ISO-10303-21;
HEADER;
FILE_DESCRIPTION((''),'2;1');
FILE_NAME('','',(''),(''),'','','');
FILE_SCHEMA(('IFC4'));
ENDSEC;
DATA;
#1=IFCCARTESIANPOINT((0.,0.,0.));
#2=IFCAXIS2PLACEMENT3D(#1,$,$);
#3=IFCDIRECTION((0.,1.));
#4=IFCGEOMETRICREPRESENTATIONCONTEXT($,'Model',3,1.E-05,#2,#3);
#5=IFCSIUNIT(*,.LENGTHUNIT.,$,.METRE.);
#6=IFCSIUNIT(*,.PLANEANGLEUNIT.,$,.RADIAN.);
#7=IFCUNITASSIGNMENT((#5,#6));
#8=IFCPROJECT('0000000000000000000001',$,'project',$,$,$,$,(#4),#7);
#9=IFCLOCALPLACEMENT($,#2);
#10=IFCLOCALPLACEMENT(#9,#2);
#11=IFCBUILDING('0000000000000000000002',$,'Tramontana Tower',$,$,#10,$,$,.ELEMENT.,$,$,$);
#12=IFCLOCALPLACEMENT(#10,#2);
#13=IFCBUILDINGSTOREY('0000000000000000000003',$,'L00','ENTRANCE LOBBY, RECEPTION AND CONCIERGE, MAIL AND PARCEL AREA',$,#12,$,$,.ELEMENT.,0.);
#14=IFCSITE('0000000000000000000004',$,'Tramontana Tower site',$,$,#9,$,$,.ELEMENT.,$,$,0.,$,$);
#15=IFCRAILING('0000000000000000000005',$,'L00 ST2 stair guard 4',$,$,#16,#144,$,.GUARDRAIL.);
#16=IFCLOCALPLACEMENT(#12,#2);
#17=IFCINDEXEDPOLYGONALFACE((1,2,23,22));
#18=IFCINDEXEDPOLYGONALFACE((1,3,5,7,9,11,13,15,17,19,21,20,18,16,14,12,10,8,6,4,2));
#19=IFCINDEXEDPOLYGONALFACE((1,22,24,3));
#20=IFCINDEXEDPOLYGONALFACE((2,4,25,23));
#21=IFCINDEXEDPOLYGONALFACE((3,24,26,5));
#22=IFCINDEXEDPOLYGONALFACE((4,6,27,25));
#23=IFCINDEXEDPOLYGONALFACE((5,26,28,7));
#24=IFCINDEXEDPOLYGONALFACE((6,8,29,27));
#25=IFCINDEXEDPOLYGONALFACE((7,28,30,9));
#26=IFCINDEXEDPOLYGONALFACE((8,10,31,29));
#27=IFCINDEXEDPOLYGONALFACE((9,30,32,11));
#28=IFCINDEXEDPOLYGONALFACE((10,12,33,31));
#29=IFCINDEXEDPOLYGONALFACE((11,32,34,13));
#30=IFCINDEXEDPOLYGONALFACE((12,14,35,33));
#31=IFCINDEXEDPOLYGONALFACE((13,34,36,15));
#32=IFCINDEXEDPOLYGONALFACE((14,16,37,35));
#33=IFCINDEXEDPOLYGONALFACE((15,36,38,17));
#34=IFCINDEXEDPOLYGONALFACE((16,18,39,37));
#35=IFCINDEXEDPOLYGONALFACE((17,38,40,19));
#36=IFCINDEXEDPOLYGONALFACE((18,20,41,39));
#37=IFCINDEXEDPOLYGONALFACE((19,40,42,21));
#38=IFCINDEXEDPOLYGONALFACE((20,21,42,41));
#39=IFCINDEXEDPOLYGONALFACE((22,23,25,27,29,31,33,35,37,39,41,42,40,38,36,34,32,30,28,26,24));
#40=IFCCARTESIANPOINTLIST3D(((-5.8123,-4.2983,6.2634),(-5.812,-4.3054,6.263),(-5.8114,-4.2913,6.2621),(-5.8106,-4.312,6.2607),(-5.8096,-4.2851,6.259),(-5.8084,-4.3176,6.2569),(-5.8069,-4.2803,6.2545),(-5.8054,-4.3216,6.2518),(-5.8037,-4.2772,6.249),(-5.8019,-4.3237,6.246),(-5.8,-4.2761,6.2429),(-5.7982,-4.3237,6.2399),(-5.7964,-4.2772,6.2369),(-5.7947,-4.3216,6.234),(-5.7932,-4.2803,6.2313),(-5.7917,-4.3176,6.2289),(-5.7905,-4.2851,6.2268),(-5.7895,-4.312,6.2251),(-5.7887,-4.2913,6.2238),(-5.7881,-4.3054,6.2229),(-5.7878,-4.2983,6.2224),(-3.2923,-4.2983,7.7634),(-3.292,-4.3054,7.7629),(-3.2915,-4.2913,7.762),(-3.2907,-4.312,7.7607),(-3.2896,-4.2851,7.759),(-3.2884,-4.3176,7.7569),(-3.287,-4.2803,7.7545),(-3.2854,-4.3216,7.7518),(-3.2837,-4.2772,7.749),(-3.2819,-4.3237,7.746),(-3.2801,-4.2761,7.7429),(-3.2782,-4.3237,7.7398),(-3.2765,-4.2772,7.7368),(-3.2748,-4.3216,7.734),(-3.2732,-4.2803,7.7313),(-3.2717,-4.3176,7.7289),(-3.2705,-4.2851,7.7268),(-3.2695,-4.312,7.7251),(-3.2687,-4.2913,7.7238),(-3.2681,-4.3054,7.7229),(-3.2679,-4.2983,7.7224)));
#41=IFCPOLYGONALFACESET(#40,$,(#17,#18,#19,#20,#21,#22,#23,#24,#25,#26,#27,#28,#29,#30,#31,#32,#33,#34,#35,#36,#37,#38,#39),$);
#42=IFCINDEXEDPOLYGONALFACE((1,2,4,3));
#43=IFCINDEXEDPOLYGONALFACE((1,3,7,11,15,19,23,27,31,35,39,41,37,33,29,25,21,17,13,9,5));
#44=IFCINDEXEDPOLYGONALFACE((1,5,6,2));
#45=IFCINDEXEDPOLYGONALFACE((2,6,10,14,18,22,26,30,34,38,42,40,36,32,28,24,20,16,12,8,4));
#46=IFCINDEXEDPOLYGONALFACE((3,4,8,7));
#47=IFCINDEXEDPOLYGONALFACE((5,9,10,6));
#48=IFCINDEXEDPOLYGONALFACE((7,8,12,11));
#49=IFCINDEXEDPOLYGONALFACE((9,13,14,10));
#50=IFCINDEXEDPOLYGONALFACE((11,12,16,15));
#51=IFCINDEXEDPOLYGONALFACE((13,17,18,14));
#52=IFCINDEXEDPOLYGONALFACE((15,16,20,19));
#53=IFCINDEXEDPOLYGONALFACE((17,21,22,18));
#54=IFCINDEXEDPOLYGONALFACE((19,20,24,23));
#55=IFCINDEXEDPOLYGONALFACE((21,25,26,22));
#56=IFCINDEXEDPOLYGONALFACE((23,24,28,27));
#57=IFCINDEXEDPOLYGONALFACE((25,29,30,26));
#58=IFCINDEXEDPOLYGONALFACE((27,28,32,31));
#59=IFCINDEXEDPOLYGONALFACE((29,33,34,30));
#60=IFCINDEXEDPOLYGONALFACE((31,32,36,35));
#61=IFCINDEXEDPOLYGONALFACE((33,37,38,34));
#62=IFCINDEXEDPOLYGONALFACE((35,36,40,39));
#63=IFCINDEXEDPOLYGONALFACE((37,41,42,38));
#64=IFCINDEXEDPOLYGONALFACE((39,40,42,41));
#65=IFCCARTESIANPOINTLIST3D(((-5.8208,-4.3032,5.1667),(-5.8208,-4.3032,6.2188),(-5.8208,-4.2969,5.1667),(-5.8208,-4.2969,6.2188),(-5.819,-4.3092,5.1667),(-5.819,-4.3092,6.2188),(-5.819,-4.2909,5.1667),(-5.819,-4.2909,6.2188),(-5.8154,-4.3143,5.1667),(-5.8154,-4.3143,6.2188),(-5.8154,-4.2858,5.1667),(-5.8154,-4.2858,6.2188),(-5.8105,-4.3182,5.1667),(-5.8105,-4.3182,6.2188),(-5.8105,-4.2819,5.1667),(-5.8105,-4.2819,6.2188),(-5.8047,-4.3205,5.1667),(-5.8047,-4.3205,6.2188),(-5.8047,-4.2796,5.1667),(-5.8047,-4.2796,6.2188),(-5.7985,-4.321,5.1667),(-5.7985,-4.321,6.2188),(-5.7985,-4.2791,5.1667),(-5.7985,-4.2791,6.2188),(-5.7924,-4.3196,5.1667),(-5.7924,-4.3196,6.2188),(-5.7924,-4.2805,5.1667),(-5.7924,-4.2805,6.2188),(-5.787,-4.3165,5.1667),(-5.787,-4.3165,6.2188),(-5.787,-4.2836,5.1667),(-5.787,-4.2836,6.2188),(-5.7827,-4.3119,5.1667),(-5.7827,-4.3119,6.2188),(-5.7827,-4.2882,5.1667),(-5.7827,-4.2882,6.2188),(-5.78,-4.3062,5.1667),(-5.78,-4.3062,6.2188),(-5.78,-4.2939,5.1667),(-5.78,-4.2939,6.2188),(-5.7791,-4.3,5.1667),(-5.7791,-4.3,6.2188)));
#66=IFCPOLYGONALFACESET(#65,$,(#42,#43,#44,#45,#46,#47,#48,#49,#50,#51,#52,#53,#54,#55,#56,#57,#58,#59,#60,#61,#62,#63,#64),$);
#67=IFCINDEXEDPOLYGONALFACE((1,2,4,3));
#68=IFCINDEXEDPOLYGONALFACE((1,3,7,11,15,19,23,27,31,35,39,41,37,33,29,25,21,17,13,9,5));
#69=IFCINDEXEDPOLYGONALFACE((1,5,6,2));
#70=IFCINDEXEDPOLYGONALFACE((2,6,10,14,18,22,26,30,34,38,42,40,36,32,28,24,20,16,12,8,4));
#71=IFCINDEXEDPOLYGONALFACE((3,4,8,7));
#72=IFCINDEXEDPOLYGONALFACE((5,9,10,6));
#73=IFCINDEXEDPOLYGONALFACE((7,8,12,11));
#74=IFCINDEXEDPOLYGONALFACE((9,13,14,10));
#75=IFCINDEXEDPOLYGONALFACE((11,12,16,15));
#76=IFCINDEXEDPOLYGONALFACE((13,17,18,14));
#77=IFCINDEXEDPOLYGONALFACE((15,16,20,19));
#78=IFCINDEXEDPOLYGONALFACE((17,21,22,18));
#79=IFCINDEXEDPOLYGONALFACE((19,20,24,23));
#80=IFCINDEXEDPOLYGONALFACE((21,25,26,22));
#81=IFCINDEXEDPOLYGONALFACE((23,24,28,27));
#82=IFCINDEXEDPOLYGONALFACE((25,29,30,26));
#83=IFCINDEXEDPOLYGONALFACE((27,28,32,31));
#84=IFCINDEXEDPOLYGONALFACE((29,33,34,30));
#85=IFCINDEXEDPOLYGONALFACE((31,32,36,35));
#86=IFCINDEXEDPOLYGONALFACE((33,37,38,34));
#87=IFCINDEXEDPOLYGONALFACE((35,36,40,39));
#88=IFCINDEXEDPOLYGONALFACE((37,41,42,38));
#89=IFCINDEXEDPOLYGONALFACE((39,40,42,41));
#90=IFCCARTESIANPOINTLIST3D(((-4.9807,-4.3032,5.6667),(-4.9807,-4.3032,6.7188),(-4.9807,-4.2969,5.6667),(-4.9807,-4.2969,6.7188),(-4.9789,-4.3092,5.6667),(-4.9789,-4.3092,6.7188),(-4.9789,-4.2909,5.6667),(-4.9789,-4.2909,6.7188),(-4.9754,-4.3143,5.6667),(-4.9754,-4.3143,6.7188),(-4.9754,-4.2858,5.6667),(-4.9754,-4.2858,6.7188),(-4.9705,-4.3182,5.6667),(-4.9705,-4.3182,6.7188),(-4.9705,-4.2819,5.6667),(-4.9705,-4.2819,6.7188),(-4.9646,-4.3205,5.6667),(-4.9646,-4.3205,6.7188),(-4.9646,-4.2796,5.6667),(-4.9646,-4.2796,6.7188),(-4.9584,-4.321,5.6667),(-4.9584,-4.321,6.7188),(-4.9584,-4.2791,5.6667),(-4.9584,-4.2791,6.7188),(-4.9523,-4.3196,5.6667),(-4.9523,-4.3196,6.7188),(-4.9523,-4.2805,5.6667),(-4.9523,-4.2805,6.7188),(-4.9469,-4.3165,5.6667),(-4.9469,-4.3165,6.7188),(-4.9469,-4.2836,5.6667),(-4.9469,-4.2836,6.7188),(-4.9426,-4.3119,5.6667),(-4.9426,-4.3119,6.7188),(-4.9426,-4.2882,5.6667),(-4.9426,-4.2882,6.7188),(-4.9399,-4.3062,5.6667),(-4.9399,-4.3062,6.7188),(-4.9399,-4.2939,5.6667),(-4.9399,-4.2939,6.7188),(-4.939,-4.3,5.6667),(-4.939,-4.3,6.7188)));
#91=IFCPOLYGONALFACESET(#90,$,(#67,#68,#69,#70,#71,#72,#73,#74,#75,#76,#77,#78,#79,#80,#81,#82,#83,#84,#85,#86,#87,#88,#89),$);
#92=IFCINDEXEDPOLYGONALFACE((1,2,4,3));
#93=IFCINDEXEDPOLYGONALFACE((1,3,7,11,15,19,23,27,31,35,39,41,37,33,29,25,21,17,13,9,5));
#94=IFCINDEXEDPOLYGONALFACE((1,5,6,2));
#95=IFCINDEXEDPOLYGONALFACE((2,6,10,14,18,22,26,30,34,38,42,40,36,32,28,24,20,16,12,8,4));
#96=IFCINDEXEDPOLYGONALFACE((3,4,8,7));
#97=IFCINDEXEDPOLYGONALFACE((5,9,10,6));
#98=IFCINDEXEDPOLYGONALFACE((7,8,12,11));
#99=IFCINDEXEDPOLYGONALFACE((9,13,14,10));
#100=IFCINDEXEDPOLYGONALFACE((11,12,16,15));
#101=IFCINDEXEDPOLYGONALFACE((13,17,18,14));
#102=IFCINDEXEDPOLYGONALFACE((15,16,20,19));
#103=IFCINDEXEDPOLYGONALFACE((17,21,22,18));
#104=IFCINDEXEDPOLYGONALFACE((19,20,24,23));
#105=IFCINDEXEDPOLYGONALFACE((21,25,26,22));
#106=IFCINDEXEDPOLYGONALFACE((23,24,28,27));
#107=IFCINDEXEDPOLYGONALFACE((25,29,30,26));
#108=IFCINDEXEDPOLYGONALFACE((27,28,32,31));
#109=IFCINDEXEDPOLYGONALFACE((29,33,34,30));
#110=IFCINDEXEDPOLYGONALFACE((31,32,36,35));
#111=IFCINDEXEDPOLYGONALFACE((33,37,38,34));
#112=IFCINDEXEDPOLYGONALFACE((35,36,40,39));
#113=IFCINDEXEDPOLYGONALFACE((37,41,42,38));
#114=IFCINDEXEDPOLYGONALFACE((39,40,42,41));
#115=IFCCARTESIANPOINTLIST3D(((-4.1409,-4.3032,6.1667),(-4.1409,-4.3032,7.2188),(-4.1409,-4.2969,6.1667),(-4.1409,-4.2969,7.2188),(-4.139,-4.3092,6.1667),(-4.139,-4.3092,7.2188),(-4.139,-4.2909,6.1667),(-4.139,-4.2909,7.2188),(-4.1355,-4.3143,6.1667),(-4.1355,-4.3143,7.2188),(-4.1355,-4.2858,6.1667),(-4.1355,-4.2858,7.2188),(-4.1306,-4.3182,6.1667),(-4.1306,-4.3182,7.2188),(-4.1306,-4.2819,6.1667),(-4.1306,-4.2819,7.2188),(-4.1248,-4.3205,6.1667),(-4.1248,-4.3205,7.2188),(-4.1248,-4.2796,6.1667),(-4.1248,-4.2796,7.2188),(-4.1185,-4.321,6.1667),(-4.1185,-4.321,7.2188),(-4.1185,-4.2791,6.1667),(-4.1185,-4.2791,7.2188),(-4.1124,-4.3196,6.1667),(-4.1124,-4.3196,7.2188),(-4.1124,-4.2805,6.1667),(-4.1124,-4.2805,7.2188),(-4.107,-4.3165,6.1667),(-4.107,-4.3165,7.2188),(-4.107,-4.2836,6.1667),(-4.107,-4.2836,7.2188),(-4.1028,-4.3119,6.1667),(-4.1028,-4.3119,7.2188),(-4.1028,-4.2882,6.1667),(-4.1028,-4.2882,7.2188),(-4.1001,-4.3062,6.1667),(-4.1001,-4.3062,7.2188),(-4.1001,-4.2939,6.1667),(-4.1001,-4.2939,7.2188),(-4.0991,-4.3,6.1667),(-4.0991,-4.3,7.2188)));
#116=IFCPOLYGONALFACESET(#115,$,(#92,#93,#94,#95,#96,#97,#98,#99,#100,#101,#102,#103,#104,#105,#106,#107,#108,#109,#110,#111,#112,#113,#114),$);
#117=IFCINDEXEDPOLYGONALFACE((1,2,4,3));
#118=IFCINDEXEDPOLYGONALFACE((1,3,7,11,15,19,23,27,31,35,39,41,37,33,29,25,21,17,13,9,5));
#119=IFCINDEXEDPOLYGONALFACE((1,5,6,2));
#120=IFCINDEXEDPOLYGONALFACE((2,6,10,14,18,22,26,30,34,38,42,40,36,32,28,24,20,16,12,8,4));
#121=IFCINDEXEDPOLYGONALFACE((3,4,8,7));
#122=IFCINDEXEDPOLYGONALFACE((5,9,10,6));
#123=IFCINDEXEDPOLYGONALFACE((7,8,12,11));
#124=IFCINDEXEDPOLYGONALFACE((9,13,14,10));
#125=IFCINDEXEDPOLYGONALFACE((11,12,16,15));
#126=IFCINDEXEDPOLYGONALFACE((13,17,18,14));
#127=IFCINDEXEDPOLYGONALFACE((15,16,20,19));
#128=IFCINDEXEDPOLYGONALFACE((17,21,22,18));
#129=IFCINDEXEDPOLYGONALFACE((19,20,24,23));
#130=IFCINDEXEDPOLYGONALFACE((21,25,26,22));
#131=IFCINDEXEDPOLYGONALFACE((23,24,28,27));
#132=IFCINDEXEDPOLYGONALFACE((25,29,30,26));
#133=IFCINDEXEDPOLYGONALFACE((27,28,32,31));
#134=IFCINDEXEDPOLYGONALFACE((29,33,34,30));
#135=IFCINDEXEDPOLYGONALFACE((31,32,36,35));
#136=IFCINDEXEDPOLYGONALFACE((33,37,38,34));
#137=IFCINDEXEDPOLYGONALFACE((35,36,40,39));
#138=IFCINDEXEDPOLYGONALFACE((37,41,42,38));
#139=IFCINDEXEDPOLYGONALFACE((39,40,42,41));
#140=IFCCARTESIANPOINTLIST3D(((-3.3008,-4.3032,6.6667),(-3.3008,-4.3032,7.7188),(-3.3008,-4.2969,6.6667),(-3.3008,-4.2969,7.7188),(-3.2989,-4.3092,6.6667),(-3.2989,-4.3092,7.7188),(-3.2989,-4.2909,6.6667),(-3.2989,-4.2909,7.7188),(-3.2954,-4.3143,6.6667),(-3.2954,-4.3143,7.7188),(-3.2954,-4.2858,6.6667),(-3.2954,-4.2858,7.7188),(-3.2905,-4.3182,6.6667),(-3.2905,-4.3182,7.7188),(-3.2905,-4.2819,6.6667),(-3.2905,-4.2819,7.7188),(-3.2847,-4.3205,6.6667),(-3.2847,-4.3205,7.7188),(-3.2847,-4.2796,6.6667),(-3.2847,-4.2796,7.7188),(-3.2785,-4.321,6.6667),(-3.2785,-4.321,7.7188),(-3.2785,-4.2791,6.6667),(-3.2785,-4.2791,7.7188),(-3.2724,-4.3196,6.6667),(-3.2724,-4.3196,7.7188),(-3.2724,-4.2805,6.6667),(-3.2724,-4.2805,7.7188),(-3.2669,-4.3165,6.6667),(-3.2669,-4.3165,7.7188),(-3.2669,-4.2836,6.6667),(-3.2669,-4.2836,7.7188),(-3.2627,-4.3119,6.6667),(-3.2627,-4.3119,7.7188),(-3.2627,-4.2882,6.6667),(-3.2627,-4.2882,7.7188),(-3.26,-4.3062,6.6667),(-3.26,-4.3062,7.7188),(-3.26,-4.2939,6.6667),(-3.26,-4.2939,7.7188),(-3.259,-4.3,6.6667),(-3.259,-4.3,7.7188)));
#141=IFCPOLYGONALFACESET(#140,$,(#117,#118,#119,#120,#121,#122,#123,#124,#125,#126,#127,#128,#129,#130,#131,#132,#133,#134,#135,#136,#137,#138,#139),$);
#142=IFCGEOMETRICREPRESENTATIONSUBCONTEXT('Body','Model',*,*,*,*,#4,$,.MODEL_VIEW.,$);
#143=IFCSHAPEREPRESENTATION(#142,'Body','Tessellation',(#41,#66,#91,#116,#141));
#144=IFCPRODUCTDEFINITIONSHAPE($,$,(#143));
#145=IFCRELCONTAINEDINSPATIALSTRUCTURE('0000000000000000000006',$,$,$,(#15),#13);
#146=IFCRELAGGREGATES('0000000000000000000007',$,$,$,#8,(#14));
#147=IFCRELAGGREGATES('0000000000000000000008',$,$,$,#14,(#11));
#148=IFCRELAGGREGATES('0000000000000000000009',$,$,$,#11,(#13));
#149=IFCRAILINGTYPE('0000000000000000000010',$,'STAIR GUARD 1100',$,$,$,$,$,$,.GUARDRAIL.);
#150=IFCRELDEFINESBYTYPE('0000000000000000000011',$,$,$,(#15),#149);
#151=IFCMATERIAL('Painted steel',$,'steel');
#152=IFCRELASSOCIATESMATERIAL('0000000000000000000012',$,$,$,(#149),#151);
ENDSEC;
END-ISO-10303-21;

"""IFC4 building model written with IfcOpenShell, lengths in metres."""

from ifc_helpers import new_model, si_unit, direction, frame, origin, origin_2d, place, context, subcontext, project, spatial, circle, extrude, material, type_object, element, save


model = new_model("IFC4")

# Units and contexts
model_context = context("Model", 3, precision=1e-05, world=origin(), true_north=direction((0.0, 1.0)))
body_context = subcontext(model_context, "Body", "Model", "MODEL_VIEW")
ifc_project = project(units=[si_unit("LENGTHUNIT", "METRE"), si_unit("PLANEANGLEUNIT", "RADIAN")], contexts=[model_context])

# Site, building, storey
site_placement = place(None, origin())
site = spatial("IfcSite", under=ifc_project, at=site_placement, Name="Tramontana Tower site", CompositionType="ELEMENT", RefElevation=0.0)
building_placement = place(site_placement, origin())
building = spatial("IfcBuilding", under=site, at=building_placement, Name="Tramontana Tower", CompositionType="ELEMENT")
storey_placement = place(building_placement, origin())
storey = spatial("IfcBuildingStorey", under=building, at=storey_placement, Name="L00", Description="ENTRANCE LOBBY, RECEPTION AND CONCIERGE, MAIL AND PARCEL AREA", CompositionType="ELEMENT", Elevation=0.0)

# Railing
ifc_material_1 = material(Name="Painted steel", Category="steel")
railing_type_1 = type_object("IfcRailingType", Name="STAIR GUARD 1100", PredefinedType="GUARDRAIL", material=ifc_material_1)
railing_1_placement = place(storey_placement, frame((-5.8, -4.3, 5.1667)))
element("IfcRailing", 1, at=railing_1_placement, inside=storey, type_object=railing_type_1, Name="L00 ST2 stair guard 4", PredefinedType="GUARDRAIL", context=body_context, shape_type="SweptSolid", body=[
    extrude(circle(Radius=0.0239, at=origin_2d()), frame((0.0, 0.0, 1.0762), z_axis=(0.859295, 0.0, 0.511481), x_axis=(0.0, 1.0, 0.0)), (0.0, 0.0, 1.0), 2.9326),
    extrude(circle(Radius=0.021, at=origin_2d()), origin(), (0.0, 0.0, 1.0), 1.052),
    extrude(circle(Radius=0.021, at=origin_2d()), frame((0.8401, 0.0, 0.5)), (0.0, 0.0, 1.0), 1.052),
    extrude(circle(Radius=0.021, at=origin_2d()), frame((1.6799, 0.0, 1.0)), (0.0, 0.0, 1.0), 1.052),
    extrude(circle(Radius=0.021, at=origin_2d()), frame((2.52, 0.0, 1.5)), (0.0, 0.0, 1.0), 1.052),
])

save(model, "model.ifc")
